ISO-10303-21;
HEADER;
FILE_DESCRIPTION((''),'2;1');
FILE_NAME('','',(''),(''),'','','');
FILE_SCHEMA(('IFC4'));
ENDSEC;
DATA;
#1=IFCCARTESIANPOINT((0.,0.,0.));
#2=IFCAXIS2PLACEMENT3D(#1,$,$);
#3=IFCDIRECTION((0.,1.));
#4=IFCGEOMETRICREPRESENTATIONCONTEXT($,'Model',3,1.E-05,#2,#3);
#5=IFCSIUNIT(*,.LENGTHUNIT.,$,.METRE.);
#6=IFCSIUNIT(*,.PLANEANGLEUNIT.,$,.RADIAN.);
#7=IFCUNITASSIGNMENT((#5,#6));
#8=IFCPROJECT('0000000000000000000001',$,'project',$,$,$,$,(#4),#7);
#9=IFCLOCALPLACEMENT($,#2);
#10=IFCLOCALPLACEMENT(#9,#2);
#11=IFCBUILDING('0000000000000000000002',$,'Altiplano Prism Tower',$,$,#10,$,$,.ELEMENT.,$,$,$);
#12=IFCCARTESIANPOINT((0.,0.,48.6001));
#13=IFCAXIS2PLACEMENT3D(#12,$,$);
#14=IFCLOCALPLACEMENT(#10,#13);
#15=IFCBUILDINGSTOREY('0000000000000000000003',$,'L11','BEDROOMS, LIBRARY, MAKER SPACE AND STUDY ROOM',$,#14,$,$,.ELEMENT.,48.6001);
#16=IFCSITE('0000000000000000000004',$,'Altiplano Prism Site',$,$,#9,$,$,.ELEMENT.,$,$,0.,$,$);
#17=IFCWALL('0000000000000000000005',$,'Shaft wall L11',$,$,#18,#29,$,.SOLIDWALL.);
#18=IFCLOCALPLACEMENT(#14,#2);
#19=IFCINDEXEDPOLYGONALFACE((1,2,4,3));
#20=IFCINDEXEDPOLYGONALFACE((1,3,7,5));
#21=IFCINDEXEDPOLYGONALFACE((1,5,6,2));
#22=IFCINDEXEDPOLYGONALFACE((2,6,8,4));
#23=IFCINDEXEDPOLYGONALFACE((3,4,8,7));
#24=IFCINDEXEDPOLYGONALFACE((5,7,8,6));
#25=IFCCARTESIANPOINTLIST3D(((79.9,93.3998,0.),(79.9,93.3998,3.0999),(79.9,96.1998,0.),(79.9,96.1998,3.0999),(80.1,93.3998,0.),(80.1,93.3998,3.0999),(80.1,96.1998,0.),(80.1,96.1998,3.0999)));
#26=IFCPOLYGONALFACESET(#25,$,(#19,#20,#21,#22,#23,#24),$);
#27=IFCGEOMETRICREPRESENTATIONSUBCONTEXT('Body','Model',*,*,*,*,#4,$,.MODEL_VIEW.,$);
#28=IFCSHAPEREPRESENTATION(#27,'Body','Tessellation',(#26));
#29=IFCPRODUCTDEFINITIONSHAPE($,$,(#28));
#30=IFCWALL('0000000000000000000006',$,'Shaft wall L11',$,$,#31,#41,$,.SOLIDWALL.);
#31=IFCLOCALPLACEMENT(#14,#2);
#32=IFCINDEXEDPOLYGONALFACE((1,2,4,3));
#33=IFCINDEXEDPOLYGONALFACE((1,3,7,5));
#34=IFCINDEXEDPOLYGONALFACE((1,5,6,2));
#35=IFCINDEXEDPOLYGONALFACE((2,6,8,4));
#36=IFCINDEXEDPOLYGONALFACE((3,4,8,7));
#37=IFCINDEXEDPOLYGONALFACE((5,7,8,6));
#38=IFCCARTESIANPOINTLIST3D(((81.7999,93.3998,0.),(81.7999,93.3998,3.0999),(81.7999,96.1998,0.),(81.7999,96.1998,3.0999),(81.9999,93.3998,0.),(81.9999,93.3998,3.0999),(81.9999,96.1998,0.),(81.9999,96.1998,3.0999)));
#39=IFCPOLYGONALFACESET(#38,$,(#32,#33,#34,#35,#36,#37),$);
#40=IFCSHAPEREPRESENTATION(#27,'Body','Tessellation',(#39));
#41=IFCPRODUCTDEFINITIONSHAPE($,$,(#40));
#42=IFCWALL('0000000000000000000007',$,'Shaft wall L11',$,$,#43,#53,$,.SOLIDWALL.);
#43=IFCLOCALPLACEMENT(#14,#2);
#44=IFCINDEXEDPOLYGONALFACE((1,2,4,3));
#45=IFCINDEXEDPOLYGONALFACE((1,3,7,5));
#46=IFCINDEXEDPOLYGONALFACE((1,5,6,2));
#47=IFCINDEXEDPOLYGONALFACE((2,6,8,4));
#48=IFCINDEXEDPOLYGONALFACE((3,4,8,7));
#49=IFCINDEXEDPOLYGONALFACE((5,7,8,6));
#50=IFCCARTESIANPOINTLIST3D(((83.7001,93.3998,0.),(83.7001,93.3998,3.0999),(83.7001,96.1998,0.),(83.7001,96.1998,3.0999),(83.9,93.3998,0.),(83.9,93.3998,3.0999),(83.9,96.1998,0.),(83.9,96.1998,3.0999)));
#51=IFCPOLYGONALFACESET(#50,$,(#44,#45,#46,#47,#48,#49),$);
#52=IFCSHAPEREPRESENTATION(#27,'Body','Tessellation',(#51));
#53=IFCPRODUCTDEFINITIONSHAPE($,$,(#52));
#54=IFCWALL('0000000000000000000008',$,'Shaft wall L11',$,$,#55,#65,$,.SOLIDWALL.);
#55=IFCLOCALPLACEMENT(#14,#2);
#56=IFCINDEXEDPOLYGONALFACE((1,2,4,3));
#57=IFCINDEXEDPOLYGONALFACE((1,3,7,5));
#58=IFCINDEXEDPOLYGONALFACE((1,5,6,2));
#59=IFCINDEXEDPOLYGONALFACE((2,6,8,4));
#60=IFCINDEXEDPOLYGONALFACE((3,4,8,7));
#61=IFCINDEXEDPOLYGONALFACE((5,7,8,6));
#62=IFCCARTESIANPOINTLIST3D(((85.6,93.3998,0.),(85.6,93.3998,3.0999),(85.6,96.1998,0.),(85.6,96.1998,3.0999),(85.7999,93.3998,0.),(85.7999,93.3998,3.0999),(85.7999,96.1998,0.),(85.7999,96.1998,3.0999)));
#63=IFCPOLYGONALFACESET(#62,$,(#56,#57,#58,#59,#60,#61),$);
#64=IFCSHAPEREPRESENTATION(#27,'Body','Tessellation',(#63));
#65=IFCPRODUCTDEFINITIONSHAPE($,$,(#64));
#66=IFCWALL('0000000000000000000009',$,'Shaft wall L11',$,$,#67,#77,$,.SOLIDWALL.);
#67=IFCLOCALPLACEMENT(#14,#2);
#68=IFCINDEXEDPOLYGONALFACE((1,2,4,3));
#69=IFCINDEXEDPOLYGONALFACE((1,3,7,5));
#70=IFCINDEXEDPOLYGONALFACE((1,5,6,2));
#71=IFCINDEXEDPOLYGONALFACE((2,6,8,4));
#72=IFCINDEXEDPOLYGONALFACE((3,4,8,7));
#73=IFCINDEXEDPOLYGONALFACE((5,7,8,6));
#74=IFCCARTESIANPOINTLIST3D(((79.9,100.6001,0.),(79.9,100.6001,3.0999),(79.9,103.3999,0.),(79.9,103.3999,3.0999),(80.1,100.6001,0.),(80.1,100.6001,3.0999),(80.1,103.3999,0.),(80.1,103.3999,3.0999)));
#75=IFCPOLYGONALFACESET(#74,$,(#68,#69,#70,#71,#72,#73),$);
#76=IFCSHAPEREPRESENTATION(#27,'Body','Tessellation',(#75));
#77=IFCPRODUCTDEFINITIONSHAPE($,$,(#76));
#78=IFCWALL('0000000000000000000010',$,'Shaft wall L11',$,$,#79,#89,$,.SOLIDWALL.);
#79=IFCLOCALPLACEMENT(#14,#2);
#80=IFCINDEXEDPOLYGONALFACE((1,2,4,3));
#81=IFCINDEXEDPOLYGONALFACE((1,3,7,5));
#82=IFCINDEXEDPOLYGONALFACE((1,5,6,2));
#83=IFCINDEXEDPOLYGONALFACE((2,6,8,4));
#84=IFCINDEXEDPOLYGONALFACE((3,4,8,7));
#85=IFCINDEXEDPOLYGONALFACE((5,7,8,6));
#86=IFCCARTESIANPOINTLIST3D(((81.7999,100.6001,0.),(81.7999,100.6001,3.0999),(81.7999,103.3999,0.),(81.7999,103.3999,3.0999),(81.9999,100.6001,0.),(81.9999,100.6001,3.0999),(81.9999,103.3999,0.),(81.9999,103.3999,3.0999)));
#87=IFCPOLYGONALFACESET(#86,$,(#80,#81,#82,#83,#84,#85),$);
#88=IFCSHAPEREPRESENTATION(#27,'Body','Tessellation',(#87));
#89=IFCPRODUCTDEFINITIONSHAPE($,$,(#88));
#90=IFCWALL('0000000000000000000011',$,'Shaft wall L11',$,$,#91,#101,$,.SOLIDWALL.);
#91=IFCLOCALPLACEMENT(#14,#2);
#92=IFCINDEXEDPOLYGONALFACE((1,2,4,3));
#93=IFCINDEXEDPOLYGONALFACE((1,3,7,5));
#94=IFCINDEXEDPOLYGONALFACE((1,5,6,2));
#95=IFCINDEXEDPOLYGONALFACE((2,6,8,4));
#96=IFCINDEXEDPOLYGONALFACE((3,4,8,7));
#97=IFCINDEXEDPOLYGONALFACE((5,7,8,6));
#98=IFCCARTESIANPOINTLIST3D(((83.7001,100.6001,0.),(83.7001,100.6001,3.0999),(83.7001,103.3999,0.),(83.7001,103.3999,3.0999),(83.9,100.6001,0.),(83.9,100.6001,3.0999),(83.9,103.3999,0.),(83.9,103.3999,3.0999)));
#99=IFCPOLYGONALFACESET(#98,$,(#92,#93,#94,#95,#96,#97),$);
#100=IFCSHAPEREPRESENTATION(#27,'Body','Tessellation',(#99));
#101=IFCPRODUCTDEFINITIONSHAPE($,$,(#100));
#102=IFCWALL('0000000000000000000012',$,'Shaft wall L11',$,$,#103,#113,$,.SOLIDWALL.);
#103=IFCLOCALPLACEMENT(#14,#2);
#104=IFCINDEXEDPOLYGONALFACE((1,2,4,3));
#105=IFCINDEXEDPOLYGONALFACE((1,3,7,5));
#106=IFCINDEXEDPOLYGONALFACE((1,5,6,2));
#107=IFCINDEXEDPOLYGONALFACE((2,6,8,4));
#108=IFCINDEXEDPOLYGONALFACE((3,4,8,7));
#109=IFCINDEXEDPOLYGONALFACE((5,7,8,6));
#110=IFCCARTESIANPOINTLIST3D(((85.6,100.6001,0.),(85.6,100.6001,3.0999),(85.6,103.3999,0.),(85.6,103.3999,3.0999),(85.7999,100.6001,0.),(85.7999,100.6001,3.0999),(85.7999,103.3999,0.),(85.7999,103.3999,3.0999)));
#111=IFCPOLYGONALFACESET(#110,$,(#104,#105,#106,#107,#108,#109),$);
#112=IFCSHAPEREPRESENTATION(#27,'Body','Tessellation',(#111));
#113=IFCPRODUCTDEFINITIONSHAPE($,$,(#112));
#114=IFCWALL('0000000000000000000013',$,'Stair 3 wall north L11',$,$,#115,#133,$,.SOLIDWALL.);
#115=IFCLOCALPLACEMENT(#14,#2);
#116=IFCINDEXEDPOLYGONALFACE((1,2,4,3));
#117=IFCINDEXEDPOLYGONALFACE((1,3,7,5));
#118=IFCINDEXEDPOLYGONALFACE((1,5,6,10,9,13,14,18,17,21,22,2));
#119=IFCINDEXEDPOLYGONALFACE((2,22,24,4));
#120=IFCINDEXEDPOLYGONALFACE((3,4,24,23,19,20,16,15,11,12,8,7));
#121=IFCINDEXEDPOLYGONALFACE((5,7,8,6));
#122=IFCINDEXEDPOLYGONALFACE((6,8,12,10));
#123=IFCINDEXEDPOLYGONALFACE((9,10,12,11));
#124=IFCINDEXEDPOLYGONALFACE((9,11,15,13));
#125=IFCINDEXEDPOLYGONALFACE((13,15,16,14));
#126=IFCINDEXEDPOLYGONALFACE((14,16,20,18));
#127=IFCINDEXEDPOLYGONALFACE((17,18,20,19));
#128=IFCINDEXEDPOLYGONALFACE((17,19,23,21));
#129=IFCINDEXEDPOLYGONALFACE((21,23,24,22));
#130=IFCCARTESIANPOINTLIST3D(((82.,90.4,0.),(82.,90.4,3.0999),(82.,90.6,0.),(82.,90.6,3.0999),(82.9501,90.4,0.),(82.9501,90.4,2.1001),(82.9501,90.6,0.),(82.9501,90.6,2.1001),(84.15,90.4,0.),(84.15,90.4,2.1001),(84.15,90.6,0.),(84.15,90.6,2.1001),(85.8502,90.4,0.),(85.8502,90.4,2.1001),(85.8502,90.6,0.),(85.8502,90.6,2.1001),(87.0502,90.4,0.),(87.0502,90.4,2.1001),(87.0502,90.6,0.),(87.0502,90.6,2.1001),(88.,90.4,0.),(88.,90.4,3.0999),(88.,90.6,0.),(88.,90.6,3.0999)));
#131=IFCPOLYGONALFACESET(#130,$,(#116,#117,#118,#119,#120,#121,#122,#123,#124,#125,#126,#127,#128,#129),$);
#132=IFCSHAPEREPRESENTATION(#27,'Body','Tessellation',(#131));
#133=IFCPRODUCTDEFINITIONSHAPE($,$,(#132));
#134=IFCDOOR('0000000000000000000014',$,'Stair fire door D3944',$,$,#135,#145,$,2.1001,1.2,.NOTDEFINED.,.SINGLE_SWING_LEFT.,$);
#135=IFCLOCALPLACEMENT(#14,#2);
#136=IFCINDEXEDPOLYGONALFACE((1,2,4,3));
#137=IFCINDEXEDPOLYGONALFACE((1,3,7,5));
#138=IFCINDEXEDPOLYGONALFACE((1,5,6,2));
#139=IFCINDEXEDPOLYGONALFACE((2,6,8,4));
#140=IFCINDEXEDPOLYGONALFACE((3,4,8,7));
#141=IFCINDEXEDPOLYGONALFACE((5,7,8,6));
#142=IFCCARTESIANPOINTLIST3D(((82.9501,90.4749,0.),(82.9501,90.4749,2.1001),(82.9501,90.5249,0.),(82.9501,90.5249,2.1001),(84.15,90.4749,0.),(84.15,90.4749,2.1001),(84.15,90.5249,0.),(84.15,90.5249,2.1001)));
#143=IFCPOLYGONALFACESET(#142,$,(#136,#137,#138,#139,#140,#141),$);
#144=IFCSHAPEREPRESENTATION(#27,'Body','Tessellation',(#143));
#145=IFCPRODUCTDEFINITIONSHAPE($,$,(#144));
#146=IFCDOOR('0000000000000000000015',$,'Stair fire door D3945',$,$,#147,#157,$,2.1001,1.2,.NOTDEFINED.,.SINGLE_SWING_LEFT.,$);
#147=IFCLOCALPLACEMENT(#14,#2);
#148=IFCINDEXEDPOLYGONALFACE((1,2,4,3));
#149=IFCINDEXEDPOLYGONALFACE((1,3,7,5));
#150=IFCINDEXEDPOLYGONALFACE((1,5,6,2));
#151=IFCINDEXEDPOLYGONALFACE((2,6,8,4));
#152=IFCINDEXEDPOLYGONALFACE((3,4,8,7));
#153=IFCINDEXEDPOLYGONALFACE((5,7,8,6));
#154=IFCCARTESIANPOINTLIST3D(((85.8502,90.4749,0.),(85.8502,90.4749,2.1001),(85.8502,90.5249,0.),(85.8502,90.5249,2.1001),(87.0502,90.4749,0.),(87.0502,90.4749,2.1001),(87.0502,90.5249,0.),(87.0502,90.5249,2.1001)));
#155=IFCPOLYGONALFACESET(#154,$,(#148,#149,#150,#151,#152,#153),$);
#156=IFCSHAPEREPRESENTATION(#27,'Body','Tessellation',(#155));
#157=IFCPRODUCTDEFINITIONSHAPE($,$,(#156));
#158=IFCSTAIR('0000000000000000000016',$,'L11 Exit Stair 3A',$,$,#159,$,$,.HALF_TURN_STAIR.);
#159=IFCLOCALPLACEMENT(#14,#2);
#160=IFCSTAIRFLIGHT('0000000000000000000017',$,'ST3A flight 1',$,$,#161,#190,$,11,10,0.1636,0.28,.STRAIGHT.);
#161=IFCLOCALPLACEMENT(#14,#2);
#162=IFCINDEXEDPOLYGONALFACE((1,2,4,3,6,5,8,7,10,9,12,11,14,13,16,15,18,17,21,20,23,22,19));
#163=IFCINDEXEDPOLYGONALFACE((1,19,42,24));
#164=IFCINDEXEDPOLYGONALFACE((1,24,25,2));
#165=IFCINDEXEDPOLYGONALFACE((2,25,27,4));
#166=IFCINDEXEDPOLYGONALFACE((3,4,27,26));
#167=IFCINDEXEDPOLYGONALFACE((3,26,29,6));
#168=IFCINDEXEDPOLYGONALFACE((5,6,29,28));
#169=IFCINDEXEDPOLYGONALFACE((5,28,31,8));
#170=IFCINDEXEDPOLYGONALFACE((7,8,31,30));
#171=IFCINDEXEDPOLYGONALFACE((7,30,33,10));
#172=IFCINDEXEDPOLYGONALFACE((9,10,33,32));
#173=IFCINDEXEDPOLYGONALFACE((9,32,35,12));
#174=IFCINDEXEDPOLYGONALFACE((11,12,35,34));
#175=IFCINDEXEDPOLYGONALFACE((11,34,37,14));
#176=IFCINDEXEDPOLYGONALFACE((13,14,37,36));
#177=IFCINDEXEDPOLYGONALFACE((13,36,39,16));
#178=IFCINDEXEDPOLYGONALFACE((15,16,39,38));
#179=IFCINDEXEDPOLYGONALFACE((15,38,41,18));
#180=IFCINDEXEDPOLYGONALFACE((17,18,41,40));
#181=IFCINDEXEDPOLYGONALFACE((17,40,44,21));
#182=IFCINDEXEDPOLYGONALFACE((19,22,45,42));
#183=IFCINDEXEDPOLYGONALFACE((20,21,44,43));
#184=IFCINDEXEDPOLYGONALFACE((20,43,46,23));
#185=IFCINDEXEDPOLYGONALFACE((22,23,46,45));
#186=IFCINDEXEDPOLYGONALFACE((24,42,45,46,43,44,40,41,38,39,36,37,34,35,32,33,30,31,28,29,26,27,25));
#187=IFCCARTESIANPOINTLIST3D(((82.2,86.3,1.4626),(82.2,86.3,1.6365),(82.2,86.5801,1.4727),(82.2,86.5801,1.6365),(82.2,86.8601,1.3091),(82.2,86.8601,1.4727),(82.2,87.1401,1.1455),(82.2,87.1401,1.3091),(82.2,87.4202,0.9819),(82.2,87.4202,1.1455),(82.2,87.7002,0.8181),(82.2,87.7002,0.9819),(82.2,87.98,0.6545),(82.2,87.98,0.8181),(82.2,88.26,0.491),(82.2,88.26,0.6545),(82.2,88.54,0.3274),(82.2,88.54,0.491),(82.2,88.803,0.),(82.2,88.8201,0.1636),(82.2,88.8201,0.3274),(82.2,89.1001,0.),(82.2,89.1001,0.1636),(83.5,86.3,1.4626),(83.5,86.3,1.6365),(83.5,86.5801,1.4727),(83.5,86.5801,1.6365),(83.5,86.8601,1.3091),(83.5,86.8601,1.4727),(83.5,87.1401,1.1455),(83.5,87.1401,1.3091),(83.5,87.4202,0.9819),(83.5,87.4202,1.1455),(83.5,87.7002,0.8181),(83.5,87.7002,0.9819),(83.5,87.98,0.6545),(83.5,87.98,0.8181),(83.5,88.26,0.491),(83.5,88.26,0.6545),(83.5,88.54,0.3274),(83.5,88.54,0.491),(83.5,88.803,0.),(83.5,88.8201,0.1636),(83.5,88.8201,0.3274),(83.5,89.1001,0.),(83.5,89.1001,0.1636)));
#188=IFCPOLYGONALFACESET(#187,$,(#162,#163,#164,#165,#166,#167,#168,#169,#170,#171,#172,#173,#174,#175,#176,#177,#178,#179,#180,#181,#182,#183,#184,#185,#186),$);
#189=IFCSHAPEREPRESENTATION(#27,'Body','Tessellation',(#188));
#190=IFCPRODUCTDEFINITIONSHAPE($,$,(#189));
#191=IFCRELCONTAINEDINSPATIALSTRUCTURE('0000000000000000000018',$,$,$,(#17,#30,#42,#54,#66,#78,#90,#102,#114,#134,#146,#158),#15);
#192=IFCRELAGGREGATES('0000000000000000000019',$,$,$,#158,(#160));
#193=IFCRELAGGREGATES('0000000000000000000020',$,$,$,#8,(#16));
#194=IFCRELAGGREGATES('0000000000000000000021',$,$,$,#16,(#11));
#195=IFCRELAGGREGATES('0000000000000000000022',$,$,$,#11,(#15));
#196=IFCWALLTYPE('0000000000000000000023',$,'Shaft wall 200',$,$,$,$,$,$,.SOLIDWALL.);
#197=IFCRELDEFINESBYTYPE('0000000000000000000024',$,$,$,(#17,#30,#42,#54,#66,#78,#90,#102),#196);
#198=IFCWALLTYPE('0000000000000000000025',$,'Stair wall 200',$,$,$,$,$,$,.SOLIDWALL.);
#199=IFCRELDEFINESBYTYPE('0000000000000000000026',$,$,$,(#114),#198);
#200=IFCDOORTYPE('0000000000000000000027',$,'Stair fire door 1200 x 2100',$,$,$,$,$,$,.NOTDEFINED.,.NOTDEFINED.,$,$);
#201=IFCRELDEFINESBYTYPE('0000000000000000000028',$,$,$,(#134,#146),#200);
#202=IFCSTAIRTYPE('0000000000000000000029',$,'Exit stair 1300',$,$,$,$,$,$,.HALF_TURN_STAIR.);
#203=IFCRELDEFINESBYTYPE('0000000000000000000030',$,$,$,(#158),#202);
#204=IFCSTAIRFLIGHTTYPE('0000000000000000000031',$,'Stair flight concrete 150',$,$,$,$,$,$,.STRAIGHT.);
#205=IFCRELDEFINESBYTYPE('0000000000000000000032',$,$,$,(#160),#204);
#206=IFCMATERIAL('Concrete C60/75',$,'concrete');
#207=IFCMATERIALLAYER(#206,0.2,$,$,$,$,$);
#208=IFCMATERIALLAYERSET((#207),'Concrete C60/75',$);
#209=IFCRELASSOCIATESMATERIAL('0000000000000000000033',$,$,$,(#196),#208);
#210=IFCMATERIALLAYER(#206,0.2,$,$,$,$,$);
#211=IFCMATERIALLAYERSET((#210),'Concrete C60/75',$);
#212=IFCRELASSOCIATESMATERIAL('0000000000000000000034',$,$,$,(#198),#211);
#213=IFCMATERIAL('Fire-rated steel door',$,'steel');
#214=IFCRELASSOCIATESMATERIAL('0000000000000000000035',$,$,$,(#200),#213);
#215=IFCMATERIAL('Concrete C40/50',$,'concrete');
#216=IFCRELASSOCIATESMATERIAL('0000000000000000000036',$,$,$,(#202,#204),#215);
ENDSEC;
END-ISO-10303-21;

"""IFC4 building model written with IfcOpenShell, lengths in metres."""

from ifc_helpers import new_model, si_unit, direction, frame, frame_2d, origin, place, context, subcontext, project, spatial, polyline, rectangle, outline, extrude, material, layer, layer_set, type_object, element, fill, aggregate, save


model = new_model("IFC4")

# Units and contexts
model_context = context("Model", 3, precision=1e-05, world=origin(), true_north=direction((0.0, 1.0)))
body_context = subcontext(model_context, "Body", "Model", "MODEL_VIEW")
ifc_project = project(units=[si_unit("LENGTHUNIT", "METRE"), si_unit("PLANEANGLEUNIT", "RADIAN")], contexts=[model_context])

# Site, building, storey
site_placement = place(None, origin())
site = spatial("IfcSite", under=ifc_project, at=site_placement, Name="Altiplano Prism Site", CompositionType="ELEMENT", RefElevation=0.0)
building_placement = place(site_placement, origin())
building = spatial("IfcBuilding", under=site, at=building_placement, Name="Altiplano Prism Tower", CompositionType="ELEMENT")
storey_placement = place(building_placement, frame((0.0, 0.0, 48.6001)))
storey = spatial("IfcBuildingStorey", under=building, at=storey_placement, Name="L11", Description="BEDROOMS, LIBRARY, MAKER SPACE AND STUDY ROOM", CompositionType="ELEMENT", Elevation=48.6001)

# Walls
ifc_material_1 = material(Name="Concrete C60/75", Category="concrete")
ifc_layer_1 = layer(ifc_material_1, 0.2)
ifc_layer_set_1 = layer_set([ifc_layer_1], Name="Concrete C60/75")
wall_type_1 = type_object("IfcWallType", Name="Shaft wall 200", PredefinedType="SOLIDWALL", material=ifc_layer_set_1)
for number, where, z_axis, x_axis, name in (
    (1, (80.0, 93.3999, 0.0), (0.0, 0.0, 1.0), (0.0, 1.0, 0.0), "Shaft wall L11"),
    (2, (81.8999, 93.3999, 0.0), (0.0, 0.0, 1.0), (0.0, 1.0, 0.0), "Shaft wall L11"),
    (3, (83.8, 93.3999, 0.0), (0.0, 0.0, 1.0), (0.0, 1.0, 0.0), "Shaft wall L11"),
    (4, (85.7, 93.3999, 0.0), (0.0, 0.0, 1.0), (0.0, 1.0, 0.0), "Shaft wall L11"),
):
    element("IfcWall", number, at=place(storey_placement, frame(where, z_axis=z_axis, x_axis=x_axis)), inside=storey, type_object=wall_type_1, Name=name, PredefinedType="SOLIDWALL", context=body_context, shape_type="SweptSolid", body=[
        extrude(rectangle(XDim=2.8, YDim=0.2, at=frame_2d((1.3999, 0.0))), origin(), (0.0, 0.0, 1.0), 3.0999),
    ])
for number, where, z_axis, x_axis, name in (
    (5, (80.0, 100.6001, 0.0), (0.0, 0.0, 1.0), (0.0, 1.0, 0.0), "Shaft wall L11"),
    (6, (81.8999, 100.6001, 0.0), (0.0, 0.0, 1.0), (0.0, 1.0, 0.0), "Shaft wall L11"),
    (7, (83.8, 100.6001, 0.0), (0.0, 0.0, 1.0), (0.0, 1.0, 0.0), "Shaft wall L11"),
    (8, (85.7, 100.6001, 0.0), (0.0, 0.0, 1.0), (0.0, 1.0, 0.0), "Shaft wall L11"),
):
    element("IfcWall", number, at=place(storey_placement, frame(where, z_axis=z_axis, x_axis=x_axis)), inside=storey, type_object=wall_type_1, Name=name, PredefinedType="SOLIDWALL", context=body_context, shape_type="SweptSolid", body=[
        extrude(rectangle(XDim=2.7998, YDim=0.2, at=frame_2d((1.3999, 0.0))), origin(), (0.0, 0.0, 1.0), 3.0999),
    ])

# Wall, openings, doors
ifc_layer_2 = layer(ifc_material_1, 0.2)
ifc_layer_set_2 = layer_set([ifc_layer_2], Name="Concrete C60/75")
wall_type_2 = type_object("IfcWallType", Name="Stair wall 200", PredefinedType="SOLIDWALL", material=ifc_layer_set_2)
wall_placement = place(storey_placement, frame((82.0, 90.5, 0.0), z_axis=(0.0, 0.0, 1.0), x_axis=(1.0, 0.0, 0.0)))
wall = element("IfcWall", 9, at=wall_placement, inside=storey, type_object=wall_type_2, Name="Stair 3 wall north L11", PredefinedType="SOLIDWALL", context=body_context, shape_type="SweptSolid", body=[
    extrude(rectangle(XDim=6.0, YDim=0.2, at=frame_2d((3.0, 0.0))), origin(), (0.0, 0.0, 1.0), 3.0999),
])
opening_1_placement = place(wall_placement, frame((0.95, 0.0, 0.0)))
opening_1 = element("IfcOpeningElement", 10, at=opening_1_placement, cuts=wall, PredefinedType="OPENING", context=body_context, shape_type="SweptSolid", body=[
    extrude(rectangle(XDim=1.2, YDim=2.1001, at=frame_2d((0.6001, 1.05))), frame((0.0, 0.1104, 0.0), z_axis=(0.0, -1.0, 0.0), x_axis=(1.0, 0.0, 0.0)), (0.0, 0.0, 1.0), 0.2209),
])
opening_2_placement = place(wall_placement, frame((3.8501, 0.0, 0.0)))
opening_2 = element("IfcOpeningElement", 11, at=opening_2_placement, cuts=wall, PredefinedType="OPENING", context=body_context, shape_type="SweptSolid", body=[
    extrude(rectangle(XDim=1.2, YDim=2.1001, at=frame_2d((0.6001, 1.05))), frame((0.0, 0.1104, 0.0), z_axis=(0.0, -1.0, 0.0), x_axis=(1.0, 0.0, 0.0)), (0.0, 0.0, 1.0), 0.2209),
])
ifc_material_2 = material(Name="Fire-rated steel door", Category="steel")
door_type = type_object("IfcDoorType", Name="Stair fire door 1200 x 2100", OperationType="NOTDEFINED", PredefinedType="NOTDEFINED", material=ifc_material_2)
door_1_placement = place(opening_1_placement, origin())
door_1 = element("IfcDoor", 12, at=door_1_placement, inside=storey, type_object=door_type, Name="Stair fire door D3944", OperationType="SINGLE_SWING_LEFT", OverallHeight=2.1001, OverallWidth=1.2, PredefinedType="NOTDEFINED", context=body_context, shape_type="SweptSolid", body=[
    extrude(rectangle(XDim=1.2, YDim=2.1001, at=frame_2d((0.6001, 1.05))), frame((0.0, 0.0249, 0.0), z_axis=(0.0, -1.0, 0.0), x_axis=(1.0, 0.0, 0.0)), (0.0, 0.0, 1.0), 0.05),
])
fill(opening_1, door_1)
door_2_placement = place(opening_2_placement, origin())
door_2 = element("IfcDoor", 13, at=door_2_placement, inside=storey, type_object=door_type, Name="Stair fire door D3945", OperationType="SINGLE_SWING_LEFT", OverallHeight=2.1001, OverallWidth=1.2, PredefinedType="NOTDEFINED", context=body_context, shape_type="SweptSolid", body=[
    extrude(rectangle(XDim=1.2, YDim=2.1001, at=frame_2d((0.6001, 1.05))), frame((0.0, 0.0249, 0.0), z_axis=(0.0, -1.0, 0.0), x_axis=(1.0, 0.0, 0.0)), (0.0, 0.0, 1.0), 0.05),
])
fill(opening_2, door_2)

# Stair, stair flight
ifc_material_3 = material(Name="Concrete C40/50", Category="concrete")
stair_type = type_object("IfcStairType", Name="Exit stair 1300", PredefinedType="HALF_TURN_STAIR", material=ifc_material_3)
stair_1_placement = place(storey_placement, origin())
stair_1 = element("IfcStair", 14, at=stair_1_placement, inside=storey, type_object=stair_type, Name="L11 Exit Stair 3A", PredefinedType="HALF_TURN_STAIR")
stair_flight_type = type_object("IfcStairFlightType", Name="Stair flight concrete 150", PredefinedType="STRAIGHT", material=ifc_material_3)
stair_flight_1_placement = place(storey_placement, frame((82.8501, 89.1001, 0.0), z_axis=(0.0, 0.0, 1.0), x_axis=(0.0, -1.0, 0.0)))
stair_flight_1 = element("IfcStairFlight", 15, at=stair_flight_1_placement, type_object=stair_flight_type, Name="ST3A flight 1", NumberOfRisers=11, NumberOfTreads=10, PredefinedType="STRAIGHT", RiserHeight=0.1636, TreadLength=0.28, context=body_context, shape_type="SweptSolid", body=[
    extrude(outline(polyline([(0.0, 0.0), (0.0, 0.1636), (0.28, 0.1636), (0.28, 0.3274), (0.5601, 0.3274), (0.5601, 0.491), (0.8401, 0.491), (0.8401, 0.6545), (1.1201, 0.6545), (1.1201, 0.8181), (1.3999, 0.8181), (1.3999, 0.9819), (1.6799, 0.9819), (1.6799, 1.1455), (1.96, 1.1455), (1.96, 1.3091), (2.24, 1.3091), (2.24, 1.4727), (2.52, 1.4727), (2.52, 1.6365), (2.8, 1.6365), (2.8, 1.8), (2.8, 1.4626), (0.2971, 0.0), (0.0, 0.0)])), frame((0.0, 0.6499, 0.0), z_axis=(0.0, -1.0, 0.0), x_axis=(1.0, 0.0, 0.0)), (0.0, 0.0, 1.0), 1.3),
])
aggregate(stair_1, [stair_flight_1])

save(model, "model.ifc")
